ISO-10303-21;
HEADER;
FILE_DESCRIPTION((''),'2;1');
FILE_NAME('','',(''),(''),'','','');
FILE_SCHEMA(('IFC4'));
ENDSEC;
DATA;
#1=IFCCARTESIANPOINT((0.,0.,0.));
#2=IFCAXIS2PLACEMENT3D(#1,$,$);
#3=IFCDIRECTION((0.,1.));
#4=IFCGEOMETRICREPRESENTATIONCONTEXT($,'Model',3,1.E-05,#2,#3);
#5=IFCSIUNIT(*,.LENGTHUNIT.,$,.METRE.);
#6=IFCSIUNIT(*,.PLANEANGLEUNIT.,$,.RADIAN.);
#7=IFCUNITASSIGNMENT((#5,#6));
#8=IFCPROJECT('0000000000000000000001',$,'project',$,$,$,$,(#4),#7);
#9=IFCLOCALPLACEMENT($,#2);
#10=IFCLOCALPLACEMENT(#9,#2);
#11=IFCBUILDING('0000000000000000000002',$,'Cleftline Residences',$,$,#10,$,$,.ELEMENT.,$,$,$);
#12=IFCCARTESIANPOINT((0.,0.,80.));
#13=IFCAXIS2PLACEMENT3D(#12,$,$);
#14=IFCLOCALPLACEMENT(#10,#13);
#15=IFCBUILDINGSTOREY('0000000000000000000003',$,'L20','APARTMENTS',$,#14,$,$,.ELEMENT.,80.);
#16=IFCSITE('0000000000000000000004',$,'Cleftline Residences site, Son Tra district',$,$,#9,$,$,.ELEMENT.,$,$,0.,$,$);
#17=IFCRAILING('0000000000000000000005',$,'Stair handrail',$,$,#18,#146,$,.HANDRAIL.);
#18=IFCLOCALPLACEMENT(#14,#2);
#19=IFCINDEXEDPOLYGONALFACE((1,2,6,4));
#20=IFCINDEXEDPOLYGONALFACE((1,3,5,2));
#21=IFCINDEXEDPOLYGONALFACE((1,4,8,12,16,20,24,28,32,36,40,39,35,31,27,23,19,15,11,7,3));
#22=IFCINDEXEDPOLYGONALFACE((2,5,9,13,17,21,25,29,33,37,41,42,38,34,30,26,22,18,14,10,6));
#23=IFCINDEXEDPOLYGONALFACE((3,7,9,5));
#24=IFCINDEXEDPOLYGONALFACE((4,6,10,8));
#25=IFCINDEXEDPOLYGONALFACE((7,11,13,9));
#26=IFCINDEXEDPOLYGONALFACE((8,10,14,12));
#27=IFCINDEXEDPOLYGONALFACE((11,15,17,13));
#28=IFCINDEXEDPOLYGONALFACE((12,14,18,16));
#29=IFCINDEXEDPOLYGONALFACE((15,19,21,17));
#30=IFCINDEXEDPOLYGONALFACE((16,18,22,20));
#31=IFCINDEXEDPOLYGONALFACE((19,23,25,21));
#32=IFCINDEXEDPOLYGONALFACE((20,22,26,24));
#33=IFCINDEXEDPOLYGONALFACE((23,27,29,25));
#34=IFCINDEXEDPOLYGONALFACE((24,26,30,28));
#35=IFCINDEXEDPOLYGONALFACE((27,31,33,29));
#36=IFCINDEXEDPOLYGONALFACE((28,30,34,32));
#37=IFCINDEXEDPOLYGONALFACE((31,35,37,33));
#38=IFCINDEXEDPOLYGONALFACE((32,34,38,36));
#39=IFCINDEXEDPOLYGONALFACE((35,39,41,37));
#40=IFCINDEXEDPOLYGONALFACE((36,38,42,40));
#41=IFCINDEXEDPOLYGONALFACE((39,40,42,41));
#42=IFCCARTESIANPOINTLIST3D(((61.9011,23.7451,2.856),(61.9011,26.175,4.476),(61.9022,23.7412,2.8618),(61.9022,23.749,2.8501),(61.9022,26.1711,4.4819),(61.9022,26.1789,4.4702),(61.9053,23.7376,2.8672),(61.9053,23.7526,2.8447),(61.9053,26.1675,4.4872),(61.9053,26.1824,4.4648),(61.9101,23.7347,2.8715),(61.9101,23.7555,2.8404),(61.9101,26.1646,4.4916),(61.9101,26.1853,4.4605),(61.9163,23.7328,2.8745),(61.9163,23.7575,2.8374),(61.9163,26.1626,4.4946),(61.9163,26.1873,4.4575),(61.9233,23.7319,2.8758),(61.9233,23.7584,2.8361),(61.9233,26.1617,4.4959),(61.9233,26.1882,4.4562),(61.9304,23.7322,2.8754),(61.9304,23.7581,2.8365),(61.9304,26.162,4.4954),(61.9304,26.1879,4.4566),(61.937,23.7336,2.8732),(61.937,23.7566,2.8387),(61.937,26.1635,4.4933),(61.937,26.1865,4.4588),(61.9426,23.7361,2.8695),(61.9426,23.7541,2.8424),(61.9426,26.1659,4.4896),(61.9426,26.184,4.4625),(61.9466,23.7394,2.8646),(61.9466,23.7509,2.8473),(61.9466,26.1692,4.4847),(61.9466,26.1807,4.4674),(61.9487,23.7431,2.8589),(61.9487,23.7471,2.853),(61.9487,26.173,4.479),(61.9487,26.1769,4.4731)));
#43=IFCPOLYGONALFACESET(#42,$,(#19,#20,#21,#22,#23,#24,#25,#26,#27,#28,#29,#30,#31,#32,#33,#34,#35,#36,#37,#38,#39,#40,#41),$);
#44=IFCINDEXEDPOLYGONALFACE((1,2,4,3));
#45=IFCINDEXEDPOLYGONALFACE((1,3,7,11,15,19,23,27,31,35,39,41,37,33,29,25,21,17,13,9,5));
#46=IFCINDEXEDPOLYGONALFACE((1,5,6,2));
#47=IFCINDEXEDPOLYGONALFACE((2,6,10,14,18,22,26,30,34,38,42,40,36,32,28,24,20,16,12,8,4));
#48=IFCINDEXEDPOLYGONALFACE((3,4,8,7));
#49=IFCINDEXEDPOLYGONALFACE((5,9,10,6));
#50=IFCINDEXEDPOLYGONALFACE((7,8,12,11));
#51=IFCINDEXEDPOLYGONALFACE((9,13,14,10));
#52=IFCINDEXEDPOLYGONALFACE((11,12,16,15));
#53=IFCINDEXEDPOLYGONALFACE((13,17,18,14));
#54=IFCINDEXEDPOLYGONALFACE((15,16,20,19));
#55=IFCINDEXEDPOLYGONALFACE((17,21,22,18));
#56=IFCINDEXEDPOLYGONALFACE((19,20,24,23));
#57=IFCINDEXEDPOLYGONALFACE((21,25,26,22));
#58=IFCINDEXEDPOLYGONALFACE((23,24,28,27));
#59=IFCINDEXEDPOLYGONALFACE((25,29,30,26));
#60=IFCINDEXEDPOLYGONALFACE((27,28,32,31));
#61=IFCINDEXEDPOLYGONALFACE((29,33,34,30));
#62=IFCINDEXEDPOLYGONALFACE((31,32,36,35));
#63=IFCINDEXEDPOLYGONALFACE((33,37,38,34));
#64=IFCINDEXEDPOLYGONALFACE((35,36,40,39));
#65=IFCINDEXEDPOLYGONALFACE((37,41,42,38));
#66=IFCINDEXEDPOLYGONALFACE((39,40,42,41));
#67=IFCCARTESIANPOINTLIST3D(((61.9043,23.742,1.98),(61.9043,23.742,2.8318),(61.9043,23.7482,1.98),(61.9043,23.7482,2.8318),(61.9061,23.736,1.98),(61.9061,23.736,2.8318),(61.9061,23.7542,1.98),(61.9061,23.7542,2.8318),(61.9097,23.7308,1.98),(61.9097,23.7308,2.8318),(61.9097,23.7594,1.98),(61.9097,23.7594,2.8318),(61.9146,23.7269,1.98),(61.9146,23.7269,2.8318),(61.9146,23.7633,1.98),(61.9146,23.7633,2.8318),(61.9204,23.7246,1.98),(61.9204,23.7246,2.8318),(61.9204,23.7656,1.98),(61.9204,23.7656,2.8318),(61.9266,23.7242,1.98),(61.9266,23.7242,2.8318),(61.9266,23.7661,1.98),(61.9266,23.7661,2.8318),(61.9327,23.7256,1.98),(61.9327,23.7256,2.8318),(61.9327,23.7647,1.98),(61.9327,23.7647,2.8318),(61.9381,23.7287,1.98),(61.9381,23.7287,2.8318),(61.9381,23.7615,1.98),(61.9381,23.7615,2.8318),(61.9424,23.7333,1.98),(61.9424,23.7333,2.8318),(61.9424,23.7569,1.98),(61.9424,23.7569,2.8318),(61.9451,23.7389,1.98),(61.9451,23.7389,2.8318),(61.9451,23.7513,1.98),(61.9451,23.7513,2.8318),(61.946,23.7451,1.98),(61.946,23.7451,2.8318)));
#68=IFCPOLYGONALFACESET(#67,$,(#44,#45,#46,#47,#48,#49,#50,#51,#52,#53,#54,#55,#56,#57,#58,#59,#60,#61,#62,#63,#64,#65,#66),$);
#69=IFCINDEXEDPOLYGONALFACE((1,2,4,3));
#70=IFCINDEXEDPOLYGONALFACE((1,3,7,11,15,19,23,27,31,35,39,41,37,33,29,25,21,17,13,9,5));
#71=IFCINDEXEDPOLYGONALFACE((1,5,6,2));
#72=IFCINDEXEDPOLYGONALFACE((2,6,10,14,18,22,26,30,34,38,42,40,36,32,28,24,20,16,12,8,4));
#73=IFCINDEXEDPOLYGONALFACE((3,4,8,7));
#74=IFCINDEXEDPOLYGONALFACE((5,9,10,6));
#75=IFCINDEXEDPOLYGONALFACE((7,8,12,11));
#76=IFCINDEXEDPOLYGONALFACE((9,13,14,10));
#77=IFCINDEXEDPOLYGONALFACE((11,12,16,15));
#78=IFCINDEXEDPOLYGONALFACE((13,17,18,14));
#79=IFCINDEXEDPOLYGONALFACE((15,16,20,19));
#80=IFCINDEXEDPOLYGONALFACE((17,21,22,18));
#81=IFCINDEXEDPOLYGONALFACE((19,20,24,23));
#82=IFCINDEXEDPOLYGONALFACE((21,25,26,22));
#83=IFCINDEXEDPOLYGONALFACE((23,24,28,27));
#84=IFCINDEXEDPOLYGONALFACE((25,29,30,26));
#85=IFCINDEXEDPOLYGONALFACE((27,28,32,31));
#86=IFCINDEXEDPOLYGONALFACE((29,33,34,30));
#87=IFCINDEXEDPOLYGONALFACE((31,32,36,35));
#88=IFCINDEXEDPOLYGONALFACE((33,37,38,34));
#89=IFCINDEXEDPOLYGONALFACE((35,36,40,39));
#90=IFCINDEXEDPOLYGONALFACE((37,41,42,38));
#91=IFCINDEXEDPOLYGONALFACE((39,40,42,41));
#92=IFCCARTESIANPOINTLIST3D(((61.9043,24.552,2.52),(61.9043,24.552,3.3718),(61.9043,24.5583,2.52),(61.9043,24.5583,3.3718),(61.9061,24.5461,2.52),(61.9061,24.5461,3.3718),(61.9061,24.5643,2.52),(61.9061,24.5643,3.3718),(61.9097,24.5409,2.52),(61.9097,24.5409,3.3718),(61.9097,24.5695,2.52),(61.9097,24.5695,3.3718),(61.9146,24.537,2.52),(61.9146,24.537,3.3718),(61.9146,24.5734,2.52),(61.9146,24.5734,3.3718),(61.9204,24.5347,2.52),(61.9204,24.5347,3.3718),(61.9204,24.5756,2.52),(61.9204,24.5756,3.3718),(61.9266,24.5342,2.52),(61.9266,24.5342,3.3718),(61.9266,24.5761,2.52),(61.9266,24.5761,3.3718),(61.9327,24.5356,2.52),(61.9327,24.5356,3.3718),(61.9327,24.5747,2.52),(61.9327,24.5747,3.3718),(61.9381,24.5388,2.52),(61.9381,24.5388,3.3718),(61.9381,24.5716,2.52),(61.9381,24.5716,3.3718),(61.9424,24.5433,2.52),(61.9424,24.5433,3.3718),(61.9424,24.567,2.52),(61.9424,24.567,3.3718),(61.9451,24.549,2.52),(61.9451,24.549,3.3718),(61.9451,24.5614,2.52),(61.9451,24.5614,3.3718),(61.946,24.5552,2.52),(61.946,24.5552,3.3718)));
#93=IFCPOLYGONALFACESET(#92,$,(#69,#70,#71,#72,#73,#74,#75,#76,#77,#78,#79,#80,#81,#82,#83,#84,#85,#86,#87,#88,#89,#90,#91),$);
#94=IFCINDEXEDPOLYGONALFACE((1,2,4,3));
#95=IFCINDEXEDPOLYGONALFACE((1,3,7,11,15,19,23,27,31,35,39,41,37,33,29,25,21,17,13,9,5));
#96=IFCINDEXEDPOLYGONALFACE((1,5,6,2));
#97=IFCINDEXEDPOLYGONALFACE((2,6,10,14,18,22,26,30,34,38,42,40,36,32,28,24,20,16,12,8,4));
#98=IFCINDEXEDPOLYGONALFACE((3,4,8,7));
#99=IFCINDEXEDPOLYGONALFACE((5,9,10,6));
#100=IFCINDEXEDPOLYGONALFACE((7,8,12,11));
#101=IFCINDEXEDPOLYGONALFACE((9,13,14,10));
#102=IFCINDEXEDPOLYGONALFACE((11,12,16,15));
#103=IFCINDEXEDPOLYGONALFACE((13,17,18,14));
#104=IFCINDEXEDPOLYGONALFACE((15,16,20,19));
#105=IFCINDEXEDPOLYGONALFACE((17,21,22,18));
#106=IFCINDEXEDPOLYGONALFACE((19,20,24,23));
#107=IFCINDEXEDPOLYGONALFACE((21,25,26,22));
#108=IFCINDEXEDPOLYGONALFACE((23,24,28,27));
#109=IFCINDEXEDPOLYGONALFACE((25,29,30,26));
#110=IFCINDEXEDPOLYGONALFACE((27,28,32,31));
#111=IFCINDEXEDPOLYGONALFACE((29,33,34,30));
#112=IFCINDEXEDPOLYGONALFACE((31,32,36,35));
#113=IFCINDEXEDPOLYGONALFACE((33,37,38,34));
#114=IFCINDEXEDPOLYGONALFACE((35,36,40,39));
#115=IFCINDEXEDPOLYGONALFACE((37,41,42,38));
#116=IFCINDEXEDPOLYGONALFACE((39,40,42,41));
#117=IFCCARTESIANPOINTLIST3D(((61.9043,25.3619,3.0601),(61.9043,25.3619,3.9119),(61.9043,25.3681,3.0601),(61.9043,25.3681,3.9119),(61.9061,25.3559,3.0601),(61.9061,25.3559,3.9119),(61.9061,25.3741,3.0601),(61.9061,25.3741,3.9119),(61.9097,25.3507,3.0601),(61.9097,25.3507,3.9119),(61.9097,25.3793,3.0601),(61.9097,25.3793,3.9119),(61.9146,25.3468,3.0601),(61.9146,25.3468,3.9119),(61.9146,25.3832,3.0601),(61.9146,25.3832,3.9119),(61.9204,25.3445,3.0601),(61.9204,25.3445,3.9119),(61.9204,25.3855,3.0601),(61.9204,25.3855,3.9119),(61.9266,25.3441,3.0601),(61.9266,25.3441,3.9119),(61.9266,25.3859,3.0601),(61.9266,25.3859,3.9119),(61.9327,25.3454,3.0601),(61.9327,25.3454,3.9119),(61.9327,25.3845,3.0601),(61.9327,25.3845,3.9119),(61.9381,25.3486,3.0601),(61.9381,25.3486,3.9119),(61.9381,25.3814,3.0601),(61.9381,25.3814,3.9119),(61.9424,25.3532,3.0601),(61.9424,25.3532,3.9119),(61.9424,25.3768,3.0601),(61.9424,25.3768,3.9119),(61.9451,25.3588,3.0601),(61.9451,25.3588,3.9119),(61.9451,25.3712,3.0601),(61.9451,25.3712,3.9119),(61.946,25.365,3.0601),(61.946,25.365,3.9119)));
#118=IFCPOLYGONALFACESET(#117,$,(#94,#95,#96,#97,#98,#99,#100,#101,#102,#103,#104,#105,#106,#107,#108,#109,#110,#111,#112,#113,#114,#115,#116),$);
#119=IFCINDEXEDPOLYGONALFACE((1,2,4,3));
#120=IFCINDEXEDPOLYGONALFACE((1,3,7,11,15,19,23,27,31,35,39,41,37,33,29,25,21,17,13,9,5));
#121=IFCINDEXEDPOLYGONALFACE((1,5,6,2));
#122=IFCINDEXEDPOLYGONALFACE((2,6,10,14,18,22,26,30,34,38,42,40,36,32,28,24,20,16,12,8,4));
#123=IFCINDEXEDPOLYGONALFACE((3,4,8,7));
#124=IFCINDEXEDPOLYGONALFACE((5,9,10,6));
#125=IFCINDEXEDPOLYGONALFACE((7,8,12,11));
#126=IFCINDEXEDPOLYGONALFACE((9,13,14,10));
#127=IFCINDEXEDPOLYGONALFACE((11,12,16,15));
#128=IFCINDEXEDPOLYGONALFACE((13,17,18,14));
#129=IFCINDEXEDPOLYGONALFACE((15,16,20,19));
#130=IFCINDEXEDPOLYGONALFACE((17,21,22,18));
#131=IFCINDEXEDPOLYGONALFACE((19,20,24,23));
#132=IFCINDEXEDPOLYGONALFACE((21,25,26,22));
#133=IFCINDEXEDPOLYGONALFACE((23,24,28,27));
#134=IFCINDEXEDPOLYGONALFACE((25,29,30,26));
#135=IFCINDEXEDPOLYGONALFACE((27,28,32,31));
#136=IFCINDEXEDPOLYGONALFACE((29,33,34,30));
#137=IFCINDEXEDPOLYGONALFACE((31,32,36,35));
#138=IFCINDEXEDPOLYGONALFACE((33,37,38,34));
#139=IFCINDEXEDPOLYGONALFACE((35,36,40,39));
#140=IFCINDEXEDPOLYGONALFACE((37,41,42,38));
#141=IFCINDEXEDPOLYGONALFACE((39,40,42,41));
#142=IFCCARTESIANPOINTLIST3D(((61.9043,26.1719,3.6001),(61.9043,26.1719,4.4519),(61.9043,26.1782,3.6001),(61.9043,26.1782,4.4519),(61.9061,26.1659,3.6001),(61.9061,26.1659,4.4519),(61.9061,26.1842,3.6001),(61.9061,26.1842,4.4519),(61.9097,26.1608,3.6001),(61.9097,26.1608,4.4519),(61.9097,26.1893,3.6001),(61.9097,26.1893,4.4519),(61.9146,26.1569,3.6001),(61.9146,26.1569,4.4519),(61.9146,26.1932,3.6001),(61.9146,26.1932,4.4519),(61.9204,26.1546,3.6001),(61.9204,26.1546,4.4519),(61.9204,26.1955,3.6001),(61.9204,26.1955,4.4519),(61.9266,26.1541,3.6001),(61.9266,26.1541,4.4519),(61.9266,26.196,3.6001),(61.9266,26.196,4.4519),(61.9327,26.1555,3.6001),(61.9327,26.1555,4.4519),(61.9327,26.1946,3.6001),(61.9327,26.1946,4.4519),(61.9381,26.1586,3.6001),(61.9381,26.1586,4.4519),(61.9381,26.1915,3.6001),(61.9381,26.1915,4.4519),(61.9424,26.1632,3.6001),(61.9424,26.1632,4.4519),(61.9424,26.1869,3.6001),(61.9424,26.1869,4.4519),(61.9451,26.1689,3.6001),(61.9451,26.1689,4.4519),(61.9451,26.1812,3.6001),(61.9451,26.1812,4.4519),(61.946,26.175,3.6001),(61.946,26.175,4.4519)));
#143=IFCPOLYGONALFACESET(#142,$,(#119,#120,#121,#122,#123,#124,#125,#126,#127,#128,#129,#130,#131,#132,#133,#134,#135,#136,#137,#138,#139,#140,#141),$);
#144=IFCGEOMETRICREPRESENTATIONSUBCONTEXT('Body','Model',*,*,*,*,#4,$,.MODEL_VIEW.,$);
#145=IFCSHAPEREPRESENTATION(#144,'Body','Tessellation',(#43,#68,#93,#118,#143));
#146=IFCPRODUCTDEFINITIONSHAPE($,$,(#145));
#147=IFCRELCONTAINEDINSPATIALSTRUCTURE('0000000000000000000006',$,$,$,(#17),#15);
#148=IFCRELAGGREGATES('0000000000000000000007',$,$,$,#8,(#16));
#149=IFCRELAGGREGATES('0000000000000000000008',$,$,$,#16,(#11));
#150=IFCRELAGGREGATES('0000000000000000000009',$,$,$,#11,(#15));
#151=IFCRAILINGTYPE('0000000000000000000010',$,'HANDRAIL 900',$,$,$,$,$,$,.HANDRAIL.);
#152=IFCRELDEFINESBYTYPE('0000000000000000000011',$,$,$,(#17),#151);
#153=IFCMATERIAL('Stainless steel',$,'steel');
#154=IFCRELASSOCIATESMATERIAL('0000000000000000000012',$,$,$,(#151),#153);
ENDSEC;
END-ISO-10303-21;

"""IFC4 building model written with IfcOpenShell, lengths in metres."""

from ifc_helpers import new_model, si_unit, direction, frame, origin, origin_2d, place, context, subcontext, project, spatial, circle, extrude, material, type_object, element, save


model = new_model("IFC4")

# Units and contexts
model_context = context("Model", 3, precision=1e-05, world=origin(), true_north=direction((0.0, 1.0)))
body_context = subcontext(model_context, "Body", "Model", "MODEL_VIEW")
ifc_project = project(units=[si_unit("LENGTHUNIT", "METRE"), si_unit("PLANEANGLEUNIT", "RADIAN")], contexts=[model_context])

# Site, building, storey
site_placement = place(None, origin())
site = spatial("IfcSite", under=ifc_project, at=site_placement, Name="Cleftline Residences site, Son Tra district", CompositionType="ELEMENT", RefElevation=0.0)
building_placement = place(site_placement, origin())
building = spatial("IfcBuilding", under=site, at=building_placement, Name="Cleftline Residences", CompositionType="ELEMENT")
storey_placement = place(building_placement, frame((0.0, 0.0, 80.0)))
storey = spatial("IfcBuildingStorey", under=building, at=storey_placement, Name="L20", Description="APARTMENTS", CompositionType="ELEMENT", Elevation=80.0)

# Railing
ifc_material_1 = material(Name="Stainless steel", Category="steel")
railing_type = type_object("IfcRailingType", Name="HANDRAIL 900", PredefinedType="HANDRAIL", material=ifc_material_1)
railing_placement = place(storey_placement, frame((61.925, 23.7451, 1.98)))
element("IfcRailing", 1, at=railing_placement, inside=storey, type_object=railing_type, Name="Stair handrail", PredefinedType="HANDRAIL", context=body_context, shape_type="SweptSolid", body=[
    extrude(circle(Radius=0.0239, at=origin_2d()), frame((0.0, 0.0, 0.876), z_axis=(0.0, 0.832025, 0.554739), x_axis=(-1.0, 0.0, 0.0)), (0.0, 0.0, 1.0), 2.9204),
    extrude(circle(Radius=0.021, at=origin_2d()), origin(), (0.0, 0.0, 1.0), 0.8518),
    extrude(circle(Radius=0.021, at=origin_2d()), frame((0.0, 0.8101, 0.54)), (0.0, 0.0, 1.0), 0.8518),
    extrude(circle(Radius=0.021, at=origin_2d()), frame((0.0, 1.6199, 1.0801)), (0.0, 0.0, 1.0), 0.8518),
    extrude(circle(Radius=0.021, at=origin_2d()), frame((0.0, 2.4299, 1.6201)), (0.0, 0.0, 1.0), 0.8518),
])

save(model, "model.ifc")
